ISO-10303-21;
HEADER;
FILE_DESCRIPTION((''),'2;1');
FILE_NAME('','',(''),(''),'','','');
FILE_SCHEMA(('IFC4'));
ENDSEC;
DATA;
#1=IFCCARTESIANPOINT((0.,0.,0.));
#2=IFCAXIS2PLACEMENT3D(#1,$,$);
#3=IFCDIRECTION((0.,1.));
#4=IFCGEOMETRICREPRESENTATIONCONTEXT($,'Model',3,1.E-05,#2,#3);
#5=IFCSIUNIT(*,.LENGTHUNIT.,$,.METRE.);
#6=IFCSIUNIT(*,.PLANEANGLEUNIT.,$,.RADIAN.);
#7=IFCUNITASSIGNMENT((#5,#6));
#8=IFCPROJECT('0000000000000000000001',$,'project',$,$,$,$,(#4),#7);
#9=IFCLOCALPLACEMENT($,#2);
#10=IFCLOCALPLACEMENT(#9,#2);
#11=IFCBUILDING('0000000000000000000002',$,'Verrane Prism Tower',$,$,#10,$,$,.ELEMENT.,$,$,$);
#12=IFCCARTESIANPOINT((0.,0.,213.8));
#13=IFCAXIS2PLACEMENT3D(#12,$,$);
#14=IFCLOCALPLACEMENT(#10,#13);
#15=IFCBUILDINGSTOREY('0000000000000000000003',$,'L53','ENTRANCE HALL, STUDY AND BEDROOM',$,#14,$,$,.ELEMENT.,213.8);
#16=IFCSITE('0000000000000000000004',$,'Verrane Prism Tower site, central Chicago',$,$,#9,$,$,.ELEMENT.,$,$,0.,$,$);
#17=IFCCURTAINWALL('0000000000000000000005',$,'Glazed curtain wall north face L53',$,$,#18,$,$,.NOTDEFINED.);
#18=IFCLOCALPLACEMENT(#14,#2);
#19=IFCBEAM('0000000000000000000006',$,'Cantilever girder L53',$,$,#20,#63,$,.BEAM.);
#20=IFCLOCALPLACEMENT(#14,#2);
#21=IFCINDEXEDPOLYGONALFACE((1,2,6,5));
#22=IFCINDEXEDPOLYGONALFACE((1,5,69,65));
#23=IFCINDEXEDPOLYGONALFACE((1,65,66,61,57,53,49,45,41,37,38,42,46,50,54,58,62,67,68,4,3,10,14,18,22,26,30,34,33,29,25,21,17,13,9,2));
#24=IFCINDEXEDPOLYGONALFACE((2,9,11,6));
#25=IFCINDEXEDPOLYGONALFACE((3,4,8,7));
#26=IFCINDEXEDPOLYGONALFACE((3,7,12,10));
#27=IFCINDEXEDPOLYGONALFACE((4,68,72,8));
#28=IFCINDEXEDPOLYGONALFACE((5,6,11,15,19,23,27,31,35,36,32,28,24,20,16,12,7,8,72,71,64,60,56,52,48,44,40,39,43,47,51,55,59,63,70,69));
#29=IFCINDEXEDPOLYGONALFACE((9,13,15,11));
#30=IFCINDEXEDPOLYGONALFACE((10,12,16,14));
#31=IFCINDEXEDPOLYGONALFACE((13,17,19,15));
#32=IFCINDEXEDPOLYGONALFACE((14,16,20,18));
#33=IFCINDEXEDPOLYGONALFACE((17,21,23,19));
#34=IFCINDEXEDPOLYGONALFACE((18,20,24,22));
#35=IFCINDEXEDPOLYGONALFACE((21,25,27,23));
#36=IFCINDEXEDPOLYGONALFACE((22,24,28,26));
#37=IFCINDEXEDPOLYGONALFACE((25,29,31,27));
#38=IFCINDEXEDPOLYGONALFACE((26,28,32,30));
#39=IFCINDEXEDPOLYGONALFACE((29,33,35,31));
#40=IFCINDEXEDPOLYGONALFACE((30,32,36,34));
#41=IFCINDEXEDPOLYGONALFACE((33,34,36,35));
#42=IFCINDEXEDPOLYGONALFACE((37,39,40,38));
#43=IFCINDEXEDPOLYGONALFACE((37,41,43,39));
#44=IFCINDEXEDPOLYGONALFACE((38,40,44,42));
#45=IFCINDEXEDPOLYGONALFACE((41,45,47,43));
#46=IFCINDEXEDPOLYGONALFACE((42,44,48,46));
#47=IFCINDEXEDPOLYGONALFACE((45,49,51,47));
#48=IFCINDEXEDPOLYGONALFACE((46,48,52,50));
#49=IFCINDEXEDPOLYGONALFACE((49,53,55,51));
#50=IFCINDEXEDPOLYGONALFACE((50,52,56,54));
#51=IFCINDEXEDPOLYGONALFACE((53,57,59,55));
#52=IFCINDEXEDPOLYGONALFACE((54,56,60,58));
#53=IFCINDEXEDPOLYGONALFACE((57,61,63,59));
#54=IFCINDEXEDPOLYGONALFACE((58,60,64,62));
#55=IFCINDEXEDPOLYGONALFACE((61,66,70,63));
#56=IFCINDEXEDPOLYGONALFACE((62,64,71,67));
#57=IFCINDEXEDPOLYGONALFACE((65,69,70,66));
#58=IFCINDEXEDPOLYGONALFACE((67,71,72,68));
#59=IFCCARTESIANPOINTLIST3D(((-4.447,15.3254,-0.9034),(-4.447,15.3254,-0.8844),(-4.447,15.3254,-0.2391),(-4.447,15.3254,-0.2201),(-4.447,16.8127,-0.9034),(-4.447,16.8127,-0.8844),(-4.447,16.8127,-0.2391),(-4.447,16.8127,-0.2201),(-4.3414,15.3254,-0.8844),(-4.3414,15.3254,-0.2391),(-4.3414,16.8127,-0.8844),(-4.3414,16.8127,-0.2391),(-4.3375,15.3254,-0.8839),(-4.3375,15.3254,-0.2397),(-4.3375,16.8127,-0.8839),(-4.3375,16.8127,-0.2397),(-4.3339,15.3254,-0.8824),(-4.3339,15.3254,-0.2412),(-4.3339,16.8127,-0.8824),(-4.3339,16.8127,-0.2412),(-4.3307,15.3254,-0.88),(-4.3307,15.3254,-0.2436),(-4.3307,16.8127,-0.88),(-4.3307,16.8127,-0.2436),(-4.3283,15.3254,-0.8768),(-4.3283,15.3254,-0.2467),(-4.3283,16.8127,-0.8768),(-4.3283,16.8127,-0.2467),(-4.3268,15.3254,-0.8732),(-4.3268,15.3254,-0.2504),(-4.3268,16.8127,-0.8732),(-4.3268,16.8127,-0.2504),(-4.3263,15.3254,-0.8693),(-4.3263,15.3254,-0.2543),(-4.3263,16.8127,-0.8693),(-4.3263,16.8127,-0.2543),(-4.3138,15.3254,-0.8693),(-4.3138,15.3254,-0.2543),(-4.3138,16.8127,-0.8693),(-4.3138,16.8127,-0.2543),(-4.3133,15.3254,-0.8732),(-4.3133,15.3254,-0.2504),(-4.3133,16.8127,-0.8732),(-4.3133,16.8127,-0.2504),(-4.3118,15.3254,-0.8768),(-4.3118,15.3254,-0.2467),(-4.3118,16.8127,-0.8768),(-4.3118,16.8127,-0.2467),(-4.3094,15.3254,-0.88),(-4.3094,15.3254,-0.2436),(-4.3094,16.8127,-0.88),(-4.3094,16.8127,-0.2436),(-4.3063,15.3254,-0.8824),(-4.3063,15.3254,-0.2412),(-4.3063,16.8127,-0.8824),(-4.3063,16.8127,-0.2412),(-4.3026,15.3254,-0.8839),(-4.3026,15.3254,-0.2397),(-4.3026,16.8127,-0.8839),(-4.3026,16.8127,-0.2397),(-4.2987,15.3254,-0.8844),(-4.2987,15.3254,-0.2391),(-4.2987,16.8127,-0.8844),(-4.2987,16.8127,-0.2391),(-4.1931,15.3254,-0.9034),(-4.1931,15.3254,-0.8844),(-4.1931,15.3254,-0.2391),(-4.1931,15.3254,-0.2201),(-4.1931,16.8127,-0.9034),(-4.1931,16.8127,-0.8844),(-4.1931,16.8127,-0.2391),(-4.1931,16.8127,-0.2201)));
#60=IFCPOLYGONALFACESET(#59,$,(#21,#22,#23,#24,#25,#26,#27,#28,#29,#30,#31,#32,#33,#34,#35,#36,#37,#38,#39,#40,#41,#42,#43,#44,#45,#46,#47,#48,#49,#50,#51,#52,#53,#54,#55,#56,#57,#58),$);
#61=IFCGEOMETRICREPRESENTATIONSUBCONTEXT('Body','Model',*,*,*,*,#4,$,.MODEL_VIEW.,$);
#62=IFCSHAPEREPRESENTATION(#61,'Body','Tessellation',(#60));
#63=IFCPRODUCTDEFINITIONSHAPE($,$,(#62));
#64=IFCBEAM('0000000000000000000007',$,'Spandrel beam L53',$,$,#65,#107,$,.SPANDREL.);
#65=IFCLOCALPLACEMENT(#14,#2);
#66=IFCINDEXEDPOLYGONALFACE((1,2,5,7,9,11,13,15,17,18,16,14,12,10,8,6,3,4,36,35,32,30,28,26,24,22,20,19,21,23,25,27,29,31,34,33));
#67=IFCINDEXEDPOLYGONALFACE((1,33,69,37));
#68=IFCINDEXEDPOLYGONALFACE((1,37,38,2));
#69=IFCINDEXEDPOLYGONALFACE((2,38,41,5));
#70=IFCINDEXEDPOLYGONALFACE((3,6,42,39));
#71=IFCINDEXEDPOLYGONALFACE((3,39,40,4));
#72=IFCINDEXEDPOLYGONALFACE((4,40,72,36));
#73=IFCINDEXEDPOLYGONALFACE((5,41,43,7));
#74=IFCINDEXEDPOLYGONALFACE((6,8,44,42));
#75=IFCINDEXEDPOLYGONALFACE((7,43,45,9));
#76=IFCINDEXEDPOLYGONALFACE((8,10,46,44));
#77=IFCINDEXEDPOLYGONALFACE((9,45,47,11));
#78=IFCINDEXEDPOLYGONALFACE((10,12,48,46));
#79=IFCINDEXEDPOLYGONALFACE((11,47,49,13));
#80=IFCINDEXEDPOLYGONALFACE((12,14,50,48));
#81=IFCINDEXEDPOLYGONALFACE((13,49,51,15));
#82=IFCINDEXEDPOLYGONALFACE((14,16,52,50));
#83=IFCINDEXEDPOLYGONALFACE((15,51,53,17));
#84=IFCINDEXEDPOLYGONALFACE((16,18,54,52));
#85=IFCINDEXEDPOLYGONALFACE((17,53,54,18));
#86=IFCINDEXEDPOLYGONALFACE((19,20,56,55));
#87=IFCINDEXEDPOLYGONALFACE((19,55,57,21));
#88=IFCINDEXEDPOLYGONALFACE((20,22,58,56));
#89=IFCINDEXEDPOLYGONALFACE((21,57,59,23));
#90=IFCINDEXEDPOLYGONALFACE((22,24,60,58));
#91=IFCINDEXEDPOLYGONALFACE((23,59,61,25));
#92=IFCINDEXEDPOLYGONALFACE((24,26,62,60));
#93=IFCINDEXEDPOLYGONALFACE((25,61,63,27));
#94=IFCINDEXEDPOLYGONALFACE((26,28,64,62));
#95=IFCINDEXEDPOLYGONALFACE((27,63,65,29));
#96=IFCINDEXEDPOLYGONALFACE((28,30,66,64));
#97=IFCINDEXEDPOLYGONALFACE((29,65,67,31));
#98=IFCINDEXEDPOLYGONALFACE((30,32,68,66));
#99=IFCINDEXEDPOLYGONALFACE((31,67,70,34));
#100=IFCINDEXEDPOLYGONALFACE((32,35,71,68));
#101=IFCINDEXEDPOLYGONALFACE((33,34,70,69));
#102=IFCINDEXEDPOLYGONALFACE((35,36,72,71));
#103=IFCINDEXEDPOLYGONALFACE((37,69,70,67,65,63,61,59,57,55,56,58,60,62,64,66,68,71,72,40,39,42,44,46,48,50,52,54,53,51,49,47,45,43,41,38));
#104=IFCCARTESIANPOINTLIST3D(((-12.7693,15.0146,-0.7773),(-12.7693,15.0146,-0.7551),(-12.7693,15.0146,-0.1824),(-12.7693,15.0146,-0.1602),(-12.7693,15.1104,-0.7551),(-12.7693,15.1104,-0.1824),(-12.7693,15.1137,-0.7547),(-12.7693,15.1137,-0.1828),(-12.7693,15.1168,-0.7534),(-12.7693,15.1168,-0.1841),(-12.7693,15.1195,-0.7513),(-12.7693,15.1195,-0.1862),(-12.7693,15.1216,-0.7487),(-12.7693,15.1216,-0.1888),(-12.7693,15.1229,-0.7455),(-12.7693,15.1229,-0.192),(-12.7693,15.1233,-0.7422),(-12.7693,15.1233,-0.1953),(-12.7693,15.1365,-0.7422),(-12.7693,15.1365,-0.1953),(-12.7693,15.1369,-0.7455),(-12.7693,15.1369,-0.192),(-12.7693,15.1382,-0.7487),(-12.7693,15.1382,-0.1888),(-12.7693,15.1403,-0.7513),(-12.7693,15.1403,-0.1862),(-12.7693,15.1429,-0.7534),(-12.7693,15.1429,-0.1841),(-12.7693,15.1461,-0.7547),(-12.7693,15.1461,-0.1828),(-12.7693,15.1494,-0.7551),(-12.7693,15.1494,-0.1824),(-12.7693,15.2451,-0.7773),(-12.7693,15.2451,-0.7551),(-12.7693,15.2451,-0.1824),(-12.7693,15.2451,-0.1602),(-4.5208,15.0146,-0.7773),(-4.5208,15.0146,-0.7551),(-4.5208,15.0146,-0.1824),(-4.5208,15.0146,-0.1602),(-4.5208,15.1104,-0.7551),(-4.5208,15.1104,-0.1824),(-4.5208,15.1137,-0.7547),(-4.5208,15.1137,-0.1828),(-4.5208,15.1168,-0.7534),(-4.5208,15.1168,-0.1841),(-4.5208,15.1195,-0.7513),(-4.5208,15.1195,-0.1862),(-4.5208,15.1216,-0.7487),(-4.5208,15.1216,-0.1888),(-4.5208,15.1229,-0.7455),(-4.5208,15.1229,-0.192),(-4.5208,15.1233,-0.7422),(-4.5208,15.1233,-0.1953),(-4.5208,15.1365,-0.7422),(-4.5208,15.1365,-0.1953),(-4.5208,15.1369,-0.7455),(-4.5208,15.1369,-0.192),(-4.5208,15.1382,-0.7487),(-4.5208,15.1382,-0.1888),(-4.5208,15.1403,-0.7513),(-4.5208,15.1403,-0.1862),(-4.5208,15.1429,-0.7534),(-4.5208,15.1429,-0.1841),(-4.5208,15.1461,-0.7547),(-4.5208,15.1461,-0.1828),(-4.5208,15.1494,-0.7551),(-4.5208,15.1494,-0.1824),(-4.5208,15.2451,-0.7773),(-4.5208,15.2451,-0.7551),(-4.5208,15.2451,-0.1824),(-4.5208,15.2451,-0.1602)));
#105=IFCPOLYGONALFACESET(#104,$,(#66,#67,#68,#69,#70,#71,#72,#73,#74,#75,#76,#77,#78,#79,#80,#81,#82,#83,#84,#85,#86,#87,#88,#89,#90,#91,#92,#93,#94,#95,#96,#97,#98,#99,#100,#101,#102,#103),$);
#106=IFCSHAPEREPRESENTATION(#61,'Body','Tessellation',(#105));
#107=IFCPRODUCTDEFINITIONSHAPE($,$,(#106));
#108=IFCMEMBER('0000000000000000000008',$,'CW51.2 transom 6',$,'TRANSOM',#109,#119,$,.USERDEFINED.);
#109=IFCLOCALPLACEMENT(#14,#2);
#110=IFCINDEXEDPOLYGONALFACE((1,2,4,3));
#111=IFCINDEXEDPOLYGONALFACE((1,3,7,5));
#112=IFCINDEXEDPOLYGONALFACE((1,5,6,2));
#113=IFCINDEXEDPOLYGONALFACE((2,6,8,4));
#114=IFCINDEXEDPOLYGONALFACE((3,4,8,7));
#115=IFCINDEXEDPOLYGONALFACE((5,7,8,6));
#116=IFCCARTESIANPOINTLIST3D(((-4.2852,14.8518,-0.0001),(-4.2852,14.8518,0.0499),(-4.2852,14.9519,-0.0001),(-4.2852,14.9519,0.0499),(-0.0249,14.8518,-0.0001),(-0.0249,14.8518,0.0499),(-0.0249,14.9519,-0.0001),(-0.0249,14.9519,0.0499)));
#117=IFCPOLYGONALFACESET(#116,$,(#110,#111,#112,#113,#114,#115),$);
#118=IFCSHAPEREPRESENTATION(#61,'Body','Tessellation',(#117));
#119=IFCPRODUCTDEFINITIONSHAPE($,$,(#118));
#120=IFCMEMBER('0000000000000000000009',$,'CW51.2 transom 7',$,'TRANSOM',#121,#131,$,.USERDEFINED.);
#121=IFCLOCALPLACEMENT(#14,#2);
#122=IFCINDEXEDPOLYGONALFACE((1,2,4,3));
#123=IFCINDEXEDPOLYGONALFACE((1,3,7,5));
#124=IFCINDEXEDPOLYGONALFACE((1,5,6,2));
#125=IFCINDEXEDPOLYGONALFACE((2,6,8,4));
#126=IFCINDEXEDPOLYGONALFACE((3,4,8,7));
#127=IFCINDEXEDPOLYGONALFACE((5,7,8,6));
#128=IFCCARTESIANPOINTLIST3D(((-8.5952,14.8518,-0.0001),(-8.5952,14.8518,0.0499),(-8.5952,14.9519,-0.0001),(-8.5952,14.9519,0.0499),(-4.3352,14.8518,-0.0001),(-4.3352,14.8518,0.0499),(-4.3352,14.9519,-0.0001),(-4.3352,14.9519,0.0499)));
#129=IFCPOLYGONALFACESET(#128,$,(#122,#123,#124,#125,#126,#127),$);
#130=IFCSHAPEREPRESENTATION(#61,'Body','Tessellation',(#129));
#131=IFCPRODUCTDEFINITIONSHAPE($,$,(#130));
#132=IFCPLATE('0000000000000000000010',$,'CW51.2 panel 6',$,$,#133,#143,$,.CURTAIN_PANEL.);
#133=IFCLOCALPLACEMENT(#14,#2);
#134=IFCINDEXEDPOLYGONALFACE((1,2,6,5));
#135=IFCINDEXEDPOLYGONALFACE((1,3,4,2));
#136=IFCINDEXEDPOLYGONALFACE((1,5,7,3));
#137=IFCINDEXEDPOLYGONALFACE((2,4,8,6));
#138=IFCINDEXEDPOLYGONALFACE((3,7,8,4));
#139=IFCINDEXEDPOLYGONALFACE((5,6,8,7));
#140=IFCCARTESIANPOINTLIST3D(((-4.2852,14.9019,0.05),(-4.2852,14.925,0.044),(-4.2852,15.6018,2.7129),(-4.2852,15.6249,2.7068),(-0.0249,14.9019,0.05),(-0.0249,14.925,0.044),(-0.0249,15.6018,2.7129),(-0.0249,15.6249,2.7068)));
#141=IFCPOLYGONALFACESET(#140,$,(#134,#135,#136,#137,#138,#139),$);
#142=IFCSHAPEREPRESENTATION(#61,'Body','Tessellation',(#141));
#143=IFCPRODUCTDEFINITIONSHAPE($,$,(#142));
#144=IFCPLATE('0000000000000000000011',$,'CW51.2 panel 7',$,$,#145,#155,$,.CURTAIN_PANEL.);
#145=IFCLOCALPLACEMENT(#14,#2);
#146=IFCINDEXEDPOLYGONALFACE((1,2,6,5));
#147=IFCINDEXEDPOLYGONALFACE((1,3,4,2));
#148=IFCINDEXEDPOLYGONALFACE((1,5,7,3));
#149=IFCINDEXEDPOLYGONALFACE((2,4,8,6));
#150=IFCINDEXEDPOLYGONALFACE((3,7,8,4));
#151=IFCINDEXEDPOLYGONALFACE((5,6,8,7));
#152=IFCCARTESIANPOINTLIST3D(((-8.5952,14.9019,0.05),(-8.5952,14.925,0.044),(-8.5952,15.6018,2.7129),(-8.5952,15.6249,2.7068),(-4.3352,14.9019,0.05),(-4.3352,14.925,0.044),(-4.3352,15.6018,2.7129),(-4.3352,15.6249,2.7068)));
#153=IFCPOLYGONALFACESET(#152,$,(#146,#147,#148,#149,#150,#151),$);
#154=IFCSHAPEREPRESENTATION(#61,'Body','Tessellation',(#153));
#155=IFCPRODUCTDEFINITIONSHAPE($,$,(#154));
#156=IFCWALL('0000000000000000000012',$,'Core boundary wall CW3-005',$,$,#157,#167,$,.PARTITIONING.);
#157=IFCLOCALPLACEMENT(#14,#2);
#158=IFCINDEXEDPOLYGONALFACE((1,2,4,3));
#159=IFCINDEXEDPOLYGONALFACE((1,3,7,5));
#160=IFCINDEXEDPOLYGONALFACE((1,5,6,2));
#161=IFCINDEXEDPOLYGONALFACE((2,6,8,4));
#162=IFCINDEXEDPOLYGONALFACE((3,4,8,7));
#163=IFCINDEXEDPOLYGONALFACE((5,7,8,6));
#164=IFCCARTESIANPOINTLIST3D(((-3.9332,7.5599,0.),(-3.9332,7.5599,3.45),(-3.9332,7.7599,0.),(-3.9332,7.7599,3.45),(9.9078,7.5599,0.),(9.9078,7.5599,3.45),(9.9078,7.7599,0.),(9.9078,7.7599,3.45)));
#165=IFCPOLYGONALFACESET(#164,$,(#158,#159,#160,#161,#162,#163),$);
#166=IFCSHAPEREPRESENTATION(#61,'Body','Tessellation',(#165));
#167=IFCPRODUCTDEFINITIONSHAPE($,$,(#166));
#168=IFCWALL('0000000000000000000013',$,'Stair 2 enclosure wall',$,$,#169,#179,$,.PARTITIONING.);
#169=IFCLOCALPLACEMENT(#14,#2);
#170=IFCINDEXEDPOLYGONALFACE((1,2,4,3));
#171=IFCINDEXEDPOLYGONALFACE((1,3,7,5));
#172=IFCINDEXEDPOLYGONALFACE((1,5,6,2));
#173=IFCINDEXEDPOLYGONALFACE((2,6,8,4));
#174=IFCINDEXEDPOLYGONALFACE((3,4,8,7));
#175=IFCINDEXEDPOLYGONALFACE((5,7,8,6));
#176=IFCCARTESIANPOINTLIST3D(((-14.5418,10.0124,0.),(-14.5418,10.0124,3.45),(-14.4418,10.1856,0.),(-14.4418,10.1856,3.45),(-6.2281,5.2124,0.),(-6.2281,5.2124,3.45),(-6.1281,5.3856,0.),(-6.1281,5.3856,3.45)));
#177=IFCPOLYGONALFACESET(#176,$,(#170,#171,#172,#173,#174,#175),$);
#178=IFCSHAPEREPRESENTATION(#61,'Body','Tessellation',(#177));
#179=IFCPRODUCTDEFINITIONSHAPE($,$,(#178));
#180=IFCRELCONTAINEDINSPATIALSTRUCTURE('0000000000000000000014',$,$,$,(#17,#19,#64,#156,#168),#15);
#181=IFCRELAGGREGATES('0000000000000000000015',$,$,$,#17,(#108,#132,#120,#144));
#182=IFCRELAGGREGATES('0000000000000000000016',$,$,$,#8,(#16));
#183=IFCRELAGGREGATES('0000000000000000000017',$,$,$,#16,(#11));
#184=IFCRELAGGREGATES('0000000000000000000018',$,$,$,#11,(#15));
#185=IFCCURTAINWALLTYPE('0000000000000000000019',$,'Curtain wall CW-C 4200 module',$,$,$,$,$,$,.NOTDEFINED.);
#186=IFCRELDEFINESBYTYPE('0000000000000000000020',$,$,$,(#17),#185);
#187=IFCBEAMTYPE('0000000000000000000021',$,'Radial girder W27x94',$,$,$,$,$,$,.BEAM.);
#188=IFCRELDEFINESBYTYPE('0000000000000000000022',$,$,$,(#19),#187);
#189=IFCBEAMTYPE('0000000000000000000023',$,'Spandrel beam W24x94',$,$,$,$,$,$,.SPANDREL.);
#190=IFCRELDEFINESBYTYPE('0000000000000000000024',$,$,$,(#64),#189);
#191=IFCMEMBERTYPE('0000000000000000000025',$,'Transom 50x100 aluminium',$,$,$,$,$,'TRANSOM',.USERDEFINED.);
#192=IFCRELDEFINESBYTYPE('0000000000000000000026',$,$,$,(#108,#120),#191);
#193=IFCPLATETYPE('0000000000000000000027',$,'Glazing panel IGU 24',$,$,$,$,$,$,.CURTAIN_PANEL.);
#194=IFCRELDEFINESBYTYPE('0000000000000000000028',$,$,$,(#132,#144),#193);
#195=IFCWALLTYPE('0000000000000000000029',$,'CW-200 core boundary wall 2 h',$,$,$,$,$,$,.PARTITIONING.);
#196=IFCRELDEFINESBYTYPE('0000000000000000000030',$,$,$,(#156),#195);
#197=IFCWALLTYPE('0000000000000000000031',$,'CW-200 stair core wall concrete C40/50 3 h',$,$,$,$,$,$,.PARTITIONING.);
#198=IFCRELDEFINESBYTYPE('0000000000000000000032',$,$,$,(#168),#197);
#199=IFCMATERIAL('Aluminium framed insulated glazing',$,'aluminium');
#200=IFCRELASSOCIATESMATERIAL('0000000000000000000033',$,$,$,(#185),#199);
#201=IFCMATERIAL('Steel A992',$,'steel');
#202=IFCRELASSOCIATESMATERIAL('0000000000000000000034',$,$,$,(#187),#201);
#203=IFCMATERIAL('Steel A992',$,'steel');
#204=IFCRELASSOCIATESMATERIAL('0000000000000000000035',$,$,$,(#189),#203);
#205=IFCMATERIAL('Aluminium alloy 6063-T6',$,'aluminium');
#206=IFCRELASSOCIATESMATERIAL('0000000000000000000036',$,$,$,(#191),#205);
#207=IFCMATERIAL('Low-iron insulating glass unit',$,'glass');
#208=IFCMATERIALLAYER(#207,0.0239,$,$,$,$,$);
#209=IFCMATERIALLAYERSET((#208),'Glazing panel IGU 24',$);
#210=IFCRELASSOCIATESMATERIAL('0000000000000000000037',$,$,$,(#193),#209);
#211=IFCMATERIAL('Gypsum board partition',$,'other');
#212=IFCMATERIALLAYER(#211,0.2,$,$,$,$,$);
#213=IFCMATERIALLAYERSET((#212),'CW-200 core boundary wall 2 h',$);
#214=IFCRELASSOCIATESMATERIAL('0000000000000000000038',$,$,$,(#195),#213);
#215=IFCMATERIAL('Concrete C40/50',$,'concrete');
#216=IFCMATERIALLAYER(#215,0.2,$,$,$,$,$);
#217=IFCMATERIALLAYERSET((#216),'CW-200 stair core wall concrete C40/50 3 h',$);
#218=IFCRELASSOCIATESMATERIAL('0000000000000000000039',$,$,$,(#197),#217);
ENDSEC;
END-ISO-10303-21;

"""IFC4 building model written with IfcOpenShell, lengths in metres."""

from ifc_helpers import new_model, si_unit, direction, frame, frame_2d, origin, origin_2d, place, context, subcontext, project, spatial, polyline, rectangle, i_section, outline, extrude, material, layer, layer_set, material_profile, profile_set, type_object, element, aggregate, save


model = new_model("IFC4")

# Units and contexts
model_context = context("Model", 3, precision=1e-05, world=origin(), true_north=direction((0.0, 1.0)))
body_context = subcontext(model_context, "Body", "Model", "MODEL_VIEW")
ifc_project = project(units=[si_unit("LENGTHUNIT", "METRE"), si_unit("PLANEANGLEUNIT", "RADIAN")], contexts=[model_context])

# Site, building, storey
site_placement = place(None, origin())
site = spatial("IfcSite", under=ifc_project, at=site_placement, Name="Verrane Prism Tower site, central Chicago", CompositionType="ELEMENT", RefElevation=0.0)
building_placement = place(site_placement, origin())
building = spatial("IfcBuilding", under=site, at=building_placement, Name="Verrane Prism Tower", CompositionType="ELEMENT")
storey_placement = place(building_placement, frame((0.0, 0.0, 213.8)))
storey = spatial("IfcBuildingStorey", under=building, at=storey_placement, Name="L53", Description="ENTRANCE HALL, STUDY AND BEDROOM", CompositionType="ELEMENT", Elevation=213.8)

# Curtain wall
ifc_material_1 = material(Name="Aluminium framed insulated glazing", Category="aluminium")
curtain_wall_type = type_object("IfcCurtainWallType", Name="Curtain wall CW-C 4200 module", PredefinedType="NOTDEFINED", material=ifc_material_1)
curtain_wall_placement = place(storey_placement, origin())
curtain_wall = element("IfcCurtainWall", 1, at=curtain_wall_placement, inside=storey, type_object=curtain_wall_type, Name="Glazed curtain wall north face L53", PredefinedType="NOTDEFINED")

# Beams
ifc_material_2 = material(Name="Steel A992", Category="steel")
ifc_material_profile_1 = material_profile(ifc_material_2, i_section(OverallWidth=0.2539, OverallDepth=0.6833, WebThickness=0.0125, FlangeThickness=0.019, FilletRadius=0.0151, at=origin_2d()), Name="W27x94")
ifc_profile_set_1 = profile_set([ifc_material_profile_1], Name="Steel A992")
beam_type_1 = type_object("IfcBeamType", Name="Radial girder W27x94", PredefinedType="BEAM", material=ifc_profile_set_1)
beam_1_placement = place(storey_placement, frame((-4.3201, 15.3254, -0.5618), z_axis=(0.0, 1.0, 0.0), x_axis=(-1.0, 0.0, 0.0)))
element("IfcBeam", 2, at=beam_1_placement, inside=storey, type_object=beam_type_1, Name="Cantilever girder L53", PredefinedType="BEAM", context=body_context, shape_type="SweptSolid", body=[
    extrude(i_section(OverallWidth=0.2539, OverallDepth=0.6833, WebThickness=0.0125, FlangeThickness=0.019, FilletRadius=0.0151, at=origin_2d()), origin(), (0.0, 0.0, 1.0), 1.4873),
])
ifc_material_3 = material(Name="Steel A992", Category="steel")
ifc_material_profile_2 = material_profile(ifc_material_3, i_section(OverallWidth=0.2305, OverallDepth=0.6172, WebThickness=0.0132, FlangeThickness=0.0222, FilletRadius=0.0129, at=origin_2d()), Name="W24x94")
ifc_profile_set_2 = profile_set([ifc_material_profile_2], Name="Steel A992")
beam_type_2 = type_object("IfcBeamType", Name="Spandrel beam W24x94", PredefinedType="SPANDREL", material=ifc_profile_set_2)
beam_2_placement = place(storey_placement, frame((-4.5208, 15.1299, -0.4688), z_axis=(-1.0, 0.0, 0.0), x_axis=(0.0, -1.0, 0.0)))
element("IfcBeam", 3, at=beam_2_placement, inside=storey, type_object=beam_type_2, Name="Spandrel beam L53", PredefinedType="SPANDREL", context=body_context, shape_type="SweptSolid", body=[
    extrude(i_section(OverallWidth=0.2305, OverallDepth=0.6172, WebThickness=0.0132, FlangeThickness=0.0222, FilletRadius=0.0129, at=origin_2d()), origin(), (0.0, 0.0, 1.0), 8.2485),
])

# Members
ifc_material_4 = material(Name="Aluminium alloy 6063-T6", Category="aluminium")
ifc_material_profile_3 = material_profile(ifc_material_4, rectangle(XDim=0.1001, YDim=0.05, at=origin_2d()), Name="Transom 50x100 aluminium")
ifc_profile_set_3 = profile_set([ifc_material_profile_3], Name="Aluminium alloy 6063-T6")
member_type_1 = type_object("IfcMemberType", Name="Transom 50x100 aluminium", ElementType="TRANSOM", PredefinedType="USERDEFINED", material=ifc_profile_set_3)
member_1_placement = place(storey_placement, frame((-0.0249, 14.9019, 0.0249), z_axis=(-1.0, 0.0, 0.0), x_axis=(0.0, -1.0, 0.0)))
member_1 = element("IfcMember", 4, at=member_1_placement, type_object=member_type_1, Name="CW51.2 transom 6", ObjectType="TRANSOM", PredefinedType="USERDEFINED", context=body_context, shape_type="SweptSolid", body=[
    extrude(rectangle(XDim=0.1001, YDim=0.05, at=origin_2d()), origin(), (0.0, 0.0, 1.0), 4.2603),
])
member_2_placement = place(storey_placement, frame((-4.3352, 14.9019, 0.0249), z_axis=(-1.0, 0.0, 0.0), x_axis=(0.0, -1.0, 0.0)))
member_2 = element("IfcMember", 5, at=member_2_placement, type_object=member_type_1, Name="CW51.2 transom 7", ObjectType="TRANSOM", PredefinedType="USERDEFINED", context=body_context, shape_type="SweptSolid", body=[
    extrude(rectangle(XDim=0.1001, YDim=0.05, at=origin_2d()), origin(), (0.0, 0.0, 1.0), 4.26),
])

# Plates
ifc_material_5 = material(Name="Low-iron insulating glass unit", Category="glass")
ifc_layer_1 = layer(ifc_material_5, 0.0239)
ifc_layer_set_1 = layer_set([ifc_layer_1], Name="Glazing panel IGU 24")
plate_type = type_object("IfcPlateType", Name="Glazing panel IGU 24", PredefinedType="CURTAIN_PANEL", material=ifc_layer_set_1)
plate_1_placement = place(storey_placement, frame((-0.0249, 14.9019, 0.05), z_axis=(0.0, -0.967146, 0.254223), x_axis=(-1.0, 0.0, 0.0)))
plate_1 = element("IfcPlate", 6, at=plate_1_placement, type_object=plate_type, Name="CW51.2 panel 6", PredefinedType="CURTAIN_PANEL", context=body_context, shape_type="SweptSolid", body=[
    extrude(outline(polyline([(0.0, 0.0), (4.2603, 0.0), (4.2603, -2.7533), (0.0, -2.7533), (0.0, 0.0)])), origin(), (0.0, 0.0, -1.0), 0.0239),
])
plate_2_placement = place(storey_placement, frame((-4.3352, 14.9019, 0.05), z_axis=(0.0, -0.967146, 0.254223), x_axis=(-1.0, 0.0, 0.0)))
plate_2 = element("IfcPlate", 7, at=plate_2_placement, type_object=plate_type, Name="CW51.2 panel 7", PredefinedType="CURTAIN_PANEL", context=body_context, shape_type="SweptSolid", body=[
    extrude(outline(polyline([(0.0, 0.0), (4.26, 0.0), (4.26, -2.7533), (0.0, -2.7533), (0.0, 0.0)])), origin(), (0.0, 0.0, -1.0), 0.0239),
])
aggregate(curtain_wall, [member_1, plate_1, member_2, plate_2])

# Walls
ifc_material_6 = material(Name="Gypsum board partition", Category="other")
ifc_layer_2 = layer(ifc_material_6, 0.2)
ifc_layer_set_2 = layer_set([ifc_layer_2], Name="CW-200 core boundary wall 2 h")
wall_type_1 = type_object("IfcWallType", Name="CW-200 core boundary wall 2 h", PredefinedType="PARTITIONING", material=ifc_layer_set_2)
wall_1_placement = place(storey_placement, frame((-3.9331, 7.6599, 0.0), z_axis=(0.0, 0.0, 1.0), x_axis=(1.0, 0.0, 0.0)))
element("IfcWall", 8, at=wall_1_placement, inside=storey, type_object=wall_type_1, Name="Core boundary wall CW3-005", PredefinedType="PARTITIONING", context=body_context, shape_type="SweptSolid", body=[
    extrude(rectangle(XDim=13.8411, YDim=0.2, at=frame_2d((6.9204, 0.0))), origin(), (0.0, 0.0, 1.0), 3.45),
])
ifc_material_7 = material(Name="Concrete C40/50", Category="concrete")
ifc_layer_3 = layer(ifc_material_7, 0.2)
ifc_layer_set_3 = layer_set([ifc_layer_3], Name="CW-200 stair core wall concrete C40/50 3 h")
wall_type_2 = type_object("IfcWallType", Name="CW-200 stair core wall concrete C40/50 3 h", PredefinedType="PARTITIONING", material=ifc_layer_set_3)
wall_2_placement = place(storey_placement, frame((-6.1782, 5.2991, 0.0), z_axis=(0.0, 0.0, 1.0), x_axis=(-0.86602, 0.500009, 0.0)))
element("IfcWall", 9, at=wall_2_placement, inside=storey, type_object=wall_type_2, Name="Stair 2 enclosure wall", PredefinedType="PARTITIONING", context=body_context, shape_type="SweptSolid", body=[
    extrude(rectangle(XDim=9.5999, YDim=0.2, at=frame_2d((4.7998, 0.0))), origin(), (0.0, 0.0, 1.0), 3.45),
])

save(model, "model.ifc")
